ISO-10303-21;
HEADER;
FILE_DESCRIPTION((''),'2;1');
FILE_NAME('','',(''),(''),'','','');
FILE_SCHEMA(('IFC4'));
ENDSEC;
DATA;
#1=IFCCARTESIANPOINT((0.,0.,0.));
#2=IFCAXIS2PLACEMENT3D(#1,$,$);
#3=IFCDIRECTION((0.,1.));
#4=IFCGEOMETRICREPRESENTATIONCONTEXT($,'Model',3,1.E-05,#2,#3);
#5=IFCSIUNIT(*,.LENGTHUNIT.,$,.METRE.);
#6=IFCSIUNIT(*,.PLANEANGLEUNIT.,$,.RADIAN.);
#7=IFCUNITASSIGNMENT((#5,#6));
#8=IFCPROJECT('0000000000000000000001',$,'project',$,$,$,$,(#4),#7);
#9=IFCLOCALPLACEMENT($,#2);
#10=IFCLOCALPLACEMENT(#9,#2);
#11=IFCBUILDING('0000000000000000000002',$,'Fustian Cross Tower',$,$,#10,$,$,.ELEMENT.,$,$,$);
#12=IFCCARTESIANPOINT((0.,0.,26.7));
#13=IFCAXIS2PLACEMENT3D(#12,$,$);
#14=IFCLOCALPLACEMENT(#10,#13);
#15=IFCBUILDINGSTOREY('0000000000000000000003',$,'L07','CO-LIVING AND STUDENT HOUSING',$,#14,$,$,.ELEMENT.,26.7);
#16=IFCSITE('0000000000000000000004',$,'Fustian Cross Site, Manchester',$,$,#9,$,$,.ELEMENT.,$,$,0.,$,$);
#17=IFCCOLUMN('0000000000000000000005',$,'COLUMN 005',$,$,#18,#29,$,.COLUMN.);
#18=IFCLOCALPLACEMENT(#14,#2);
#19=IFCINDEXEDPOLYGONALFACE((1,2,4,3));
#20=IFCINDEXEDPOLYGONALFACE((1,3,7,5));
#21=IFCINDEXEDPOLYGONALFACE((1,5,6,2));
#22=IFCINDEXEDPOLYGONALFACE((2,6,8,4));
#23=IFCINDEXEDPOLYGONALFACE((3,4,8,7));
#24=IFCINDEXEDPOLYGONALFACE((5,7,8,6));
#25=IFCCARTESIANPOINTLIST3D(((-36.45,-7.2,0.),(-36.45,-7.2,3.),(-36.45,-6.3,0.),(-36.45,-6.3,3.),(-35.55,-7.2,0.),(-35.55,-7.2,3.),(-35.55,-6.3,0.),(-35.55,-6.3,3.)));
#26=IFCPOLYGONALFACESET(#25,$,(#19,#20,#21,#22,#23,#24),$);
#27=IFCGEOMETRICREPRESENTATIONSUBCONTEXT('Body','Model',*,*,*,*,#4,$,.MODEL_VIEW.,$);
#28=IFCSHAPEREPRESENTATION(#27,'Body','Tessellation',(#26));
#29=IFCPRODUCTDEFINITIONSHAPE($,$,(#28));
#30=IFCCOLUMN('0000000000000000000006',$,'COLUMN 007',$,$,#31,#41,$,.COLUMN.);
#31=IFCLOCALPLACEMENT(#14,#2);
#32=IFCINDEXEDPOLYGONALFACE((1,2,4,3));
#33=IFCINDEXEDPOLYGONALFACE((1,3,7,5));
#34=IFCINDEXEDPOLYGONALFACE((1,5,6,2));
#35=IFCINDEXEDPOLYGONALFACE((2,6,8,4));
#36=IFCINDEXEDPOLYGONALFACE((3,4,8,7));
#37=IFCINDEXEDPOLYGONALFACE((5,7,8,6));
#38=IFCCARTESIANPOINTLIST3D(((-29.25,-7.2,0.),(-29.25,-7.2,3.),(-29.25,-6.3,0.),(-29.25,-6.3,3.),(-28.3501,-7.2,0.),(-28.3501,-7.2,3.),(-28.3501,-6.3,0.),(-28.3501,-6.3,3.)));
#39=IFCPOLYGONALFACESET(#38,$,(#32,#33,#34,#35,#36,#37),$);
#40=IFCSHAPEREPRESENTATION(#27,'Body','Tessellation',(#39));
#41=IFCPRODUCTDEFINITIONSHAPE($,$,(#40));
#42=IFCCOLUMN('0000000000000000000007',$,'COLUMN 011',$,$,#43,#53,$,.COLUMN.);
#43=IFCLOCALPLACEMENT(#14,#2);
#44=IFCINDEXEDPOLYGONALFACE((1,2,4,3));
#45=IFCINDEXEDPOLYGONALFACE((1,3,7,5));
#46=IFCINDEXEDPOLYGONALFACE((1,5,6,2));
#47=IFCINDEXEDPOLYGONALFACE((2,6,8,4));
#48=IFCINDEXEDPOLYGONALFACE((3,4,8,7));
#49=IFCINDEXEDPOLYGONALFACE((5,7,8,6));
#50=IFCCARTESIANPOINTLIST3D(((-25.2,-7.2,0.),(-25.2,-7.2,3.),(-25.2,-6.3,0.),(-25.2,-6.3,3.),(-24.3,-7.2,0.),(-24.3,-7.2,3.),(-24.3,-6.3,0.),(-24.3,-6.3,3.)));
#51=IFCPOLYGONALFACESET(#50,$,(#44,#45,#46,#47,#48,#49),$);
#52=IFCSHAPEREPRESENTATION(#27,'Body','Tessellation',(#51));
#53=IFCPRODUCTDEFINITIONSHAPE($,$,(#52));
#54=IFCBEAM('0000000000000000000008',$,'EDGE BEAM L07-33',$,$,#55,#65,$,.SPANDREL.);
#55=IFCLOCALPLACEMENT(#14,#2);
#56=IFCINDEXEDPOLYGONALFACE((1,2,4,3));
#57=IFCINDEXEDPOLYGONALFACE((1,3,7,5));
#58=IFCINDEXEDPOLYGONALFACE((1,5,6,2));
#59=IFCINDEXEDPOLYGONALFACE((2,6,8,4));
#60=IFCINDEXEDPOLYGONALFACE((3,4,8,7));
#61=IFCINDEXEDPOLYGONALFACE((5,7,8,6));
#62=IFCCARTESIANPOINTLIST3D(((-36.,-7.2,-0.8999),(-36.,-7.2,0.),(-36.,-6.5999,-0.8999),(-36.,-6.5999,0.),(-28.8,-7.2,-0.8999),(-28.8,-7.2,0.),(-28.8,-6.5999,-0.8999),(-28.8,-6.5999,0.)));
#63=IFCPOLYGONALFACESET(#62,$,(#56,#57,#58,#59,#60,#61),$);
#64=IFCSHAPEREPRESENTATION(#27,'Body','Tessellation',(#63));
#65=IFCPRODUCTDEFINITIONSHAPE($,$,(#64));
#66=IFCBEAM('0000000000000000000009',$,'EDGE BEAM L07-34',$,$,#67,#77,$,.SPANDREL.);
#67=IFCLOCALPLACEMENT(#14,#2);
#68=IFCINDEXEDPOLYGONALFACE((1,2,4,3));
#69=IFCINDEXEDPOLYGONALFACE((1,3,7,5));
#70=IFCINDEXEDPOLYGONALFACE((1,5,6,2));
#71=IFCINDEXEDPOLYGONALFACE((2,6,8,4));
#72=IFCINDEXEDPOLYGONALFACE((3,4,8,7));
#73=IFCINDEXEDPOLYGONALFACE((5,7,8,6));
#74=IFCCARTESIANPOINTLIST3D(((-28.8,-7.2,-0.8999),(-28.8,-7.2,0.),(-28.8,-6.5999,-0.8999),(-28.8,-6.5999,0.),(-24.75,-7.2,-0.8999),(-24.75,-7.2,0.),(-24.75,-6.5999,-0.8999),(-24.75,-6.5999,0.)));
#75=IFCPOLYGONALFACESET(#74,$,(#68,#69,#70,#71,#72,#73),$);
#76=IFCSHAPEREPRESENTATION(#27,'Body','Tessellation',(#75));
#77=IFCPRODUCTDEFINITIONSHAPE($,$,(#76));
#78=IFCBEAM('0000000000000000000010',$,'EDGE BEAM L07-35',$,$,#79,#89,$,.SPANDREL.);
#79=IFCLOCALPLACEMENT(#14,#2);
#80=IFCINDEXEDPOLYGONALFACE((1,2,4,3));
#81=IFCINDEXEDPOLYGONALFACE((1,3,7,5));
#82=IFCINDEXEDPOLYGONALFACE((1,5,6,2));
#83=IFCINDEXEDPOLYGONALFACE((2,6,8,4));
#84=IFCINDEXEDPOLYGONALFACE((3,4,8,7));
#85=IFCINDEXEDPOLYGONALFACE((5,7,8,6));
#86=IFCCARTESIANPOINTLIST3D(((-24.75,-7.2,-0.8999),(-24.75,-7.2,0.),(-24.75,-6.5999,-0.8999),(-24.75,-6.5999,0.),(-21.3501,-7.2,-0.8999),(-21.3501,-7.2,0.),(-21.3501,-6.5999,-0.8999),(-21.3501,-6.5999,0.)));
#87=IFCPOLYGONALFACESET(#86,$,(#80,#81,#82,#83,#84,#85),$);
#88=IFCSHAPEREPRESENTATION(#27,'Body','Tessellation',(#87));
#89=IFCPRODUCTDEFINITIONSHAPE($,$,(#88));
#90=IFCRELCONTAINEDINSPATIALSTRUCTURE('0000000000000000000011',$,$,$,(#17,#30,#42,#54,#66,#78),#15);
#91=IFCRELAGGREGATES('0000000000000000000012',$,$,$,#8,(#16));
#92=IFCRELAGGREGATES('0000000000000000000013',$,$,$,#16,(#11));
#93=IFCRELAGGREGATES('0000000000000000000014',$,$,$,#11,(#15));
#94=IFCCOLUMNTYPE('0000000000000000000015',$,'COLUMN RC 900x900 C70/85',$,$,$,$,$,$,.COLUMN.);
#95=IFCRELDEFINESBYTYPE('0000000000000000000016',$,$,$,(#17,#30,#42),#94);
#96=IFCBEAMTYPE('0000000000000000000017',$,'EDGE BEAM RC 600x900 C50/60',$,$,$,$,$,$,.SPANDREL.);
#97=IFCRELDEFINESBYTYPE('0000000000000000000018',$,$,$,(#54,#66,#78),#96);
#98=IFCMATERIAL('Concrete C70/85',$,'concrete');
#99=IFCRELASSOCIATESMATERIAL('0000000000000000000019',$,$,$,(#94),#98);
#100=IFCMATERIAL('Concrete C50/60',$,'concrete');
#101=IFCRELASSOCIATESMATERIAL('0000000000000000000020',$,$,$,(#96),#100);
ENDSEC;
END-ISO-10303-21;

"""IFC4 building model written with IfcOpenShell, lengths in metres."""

from ifc_helpers import new_model, si_unit, direction, frame, origin, origin_2d, place, context, subcontext, project, spatial, rectangle, extrude, material, material_profile, profile_set, type_object, element, save


model = new_model("IFC4")

# Units and contexts
model_context = context("Model", 3, precision=1e-05, world=origin(), true_north=direction((0.0, 1.0)))
body_context = subcontext(model_context, "Body", "Model", "MODEL_VIEW")
ifc_project = project(units=[si_unit("LENGTHUNIT", "METRE"), si_unit("PLANEANGLEUNIT", "RADIAN")], contexts=[model_context])

# Site, building, storey
site_placement = place(None, origin())
site = spatial("IfcSite", under=ifc_project, at=site_placement, Name="Fustian Cross Site, Manchester", CompositionType="ELEMENT", RefElevation=0.0)
building_placement = place(site_placement, origin())
building = spatial("IfcBuilding", under=site, at=building_placement, Name="Fustian Cross Tower", CompositionType="ELEMENT")
storey_placement = place(building_placement, frame((0.0, 0.0, 26.7)))
storey = spatial("IfcBuildingStorey", under=building, at=storey_placement, Name="L07", Description="CO-LIVING AND STUDENT HOUSING", CompositionType="ELEMENT", Elevation=26.7)

# Columns
ifc_material_1 = material(Name="Concrete C70/85", Category="concrete")
ifc_material_profile_1 = material_profile(ifc_material_1, rectangle(XDim=0.8999, YDim=0.8999, at=origin_2d()), Name="RC 900x900")
ifc_profile_set_1 = profile_set([ifc_material_profile_1], Name="Concrete C70/85")
column_type = type_object("IfcColumnType", Name="COLUMN RC 900x900 C70/85", PredefinedType="COLUMN", material=ifc_profile_set_1)
for number, where, z_axis, x_axis, name in (
    (1, (-36.0, -6.75, 0.0), (0.0, 0.0, 1.0), (1.0, 0.0, 0.0), "COLUMN 005"),
    (2, (-28.8, -6.75, 0.0), (0.0, 0.0, 1.0), (1.0, 0.0, 0.0), "COLUMN 007"),
    (3, (-24.75, -6.75, 0.0), (0.0, 0.0, 1.0), (1.0, 0.0, 0.0), "COLUMN 011"),
):
    element("IfcColumn", number, at=place(storey_placement, frame(where, z_axis=z_axis, x_axis=x_axis)), inside=storey, type_object=column_type, Name=name, PredefinedType="COLUMN", context=body_context, shape_type="SweptSolid", body=[
        extrude(rectangle(XDim=0.8999, YDim=0.8999, at=origin_2d()), origin(), (0.0, 0.0, 1.0), 3.0),
    ])

# Beams
ifc_material_2 = material(Name="Concrete C50/60", Category="concrete")
ifc_material_profile_2 = material_profile(ifc_material_2, rectangle(XDim=0.6001, YDim=0.8999, at=origin_2d()), Name="RC 600x900")
ifc_profile_set_2 = profile_set([ifc_material_profile_2], Name="Concrete C50/60")
beam_type = type_object("IfcBeamType", Name="EDGE BEAM RC 600x900 C50/60", PredefinedType="SPANDREL", material=ifc_profile_set_2)
beam_1_placement = place(storey_placement, frame((-36.0, -6.8999, -0.45), z_axis=(1.0, 0.0, 0.0), x_axis=(0.0, 1.0, 0.0)))
element("IfcBeam", 4, at=beam_1_placement, inside=storey, type_object=beam_type, Name="EDGE BEAM L07-33", PredefinedType="SPANDREL", context=body_context, shape_type="SweptSolid", body=[
    extrude(rectangle(XDim=0.6001, YDim=0.8999, at=origin_2d()), origin(), (0.0, 0.0, 1.0), 7.2),
])
beam_2_placement = place(storey_placement, frame((-28.8, -6.8999, -0.45), z_axis=(1.0, 0.0, 0.0), x_axis=(0.0, 1.0, 0.0)))
element("IfcBeam", 5, at=beam_2_placement, inside=storey, type_object=beam_type, Name="EDGE BEAM L07-34", PredefinedType="SPANDREL", context=body_context, shape_type="SweptSolid", body=[
    extrude(rectangle(XDim=0.6001, YDim=0.8999, at=origin_2d()), origin(), (0.0, 0.0, 1.0), 4.05),
])
beam_3_placement = place(storey_placement, frame((-24.75, -6.8999, -0.45), z_axis=(1.0, 0.0, 0.0), x_axis=(0.0, 1.0, 0.0)))
element("IfcBeam", 6, at=beam_3_placement, inside=storey, type_object=beam_type, Name="EDGE BEAM L07-35", PredefinedType="SPANDREL", context=body_context, shape_type="SweptSolid", body=[
    extrude(rectangle(XDim=0.6001, YDim=0.8999, at=origin_2d()), origin(), (0.0, 0.0, 1.0), 3.3999),
])

save(model, "model.ifc")
